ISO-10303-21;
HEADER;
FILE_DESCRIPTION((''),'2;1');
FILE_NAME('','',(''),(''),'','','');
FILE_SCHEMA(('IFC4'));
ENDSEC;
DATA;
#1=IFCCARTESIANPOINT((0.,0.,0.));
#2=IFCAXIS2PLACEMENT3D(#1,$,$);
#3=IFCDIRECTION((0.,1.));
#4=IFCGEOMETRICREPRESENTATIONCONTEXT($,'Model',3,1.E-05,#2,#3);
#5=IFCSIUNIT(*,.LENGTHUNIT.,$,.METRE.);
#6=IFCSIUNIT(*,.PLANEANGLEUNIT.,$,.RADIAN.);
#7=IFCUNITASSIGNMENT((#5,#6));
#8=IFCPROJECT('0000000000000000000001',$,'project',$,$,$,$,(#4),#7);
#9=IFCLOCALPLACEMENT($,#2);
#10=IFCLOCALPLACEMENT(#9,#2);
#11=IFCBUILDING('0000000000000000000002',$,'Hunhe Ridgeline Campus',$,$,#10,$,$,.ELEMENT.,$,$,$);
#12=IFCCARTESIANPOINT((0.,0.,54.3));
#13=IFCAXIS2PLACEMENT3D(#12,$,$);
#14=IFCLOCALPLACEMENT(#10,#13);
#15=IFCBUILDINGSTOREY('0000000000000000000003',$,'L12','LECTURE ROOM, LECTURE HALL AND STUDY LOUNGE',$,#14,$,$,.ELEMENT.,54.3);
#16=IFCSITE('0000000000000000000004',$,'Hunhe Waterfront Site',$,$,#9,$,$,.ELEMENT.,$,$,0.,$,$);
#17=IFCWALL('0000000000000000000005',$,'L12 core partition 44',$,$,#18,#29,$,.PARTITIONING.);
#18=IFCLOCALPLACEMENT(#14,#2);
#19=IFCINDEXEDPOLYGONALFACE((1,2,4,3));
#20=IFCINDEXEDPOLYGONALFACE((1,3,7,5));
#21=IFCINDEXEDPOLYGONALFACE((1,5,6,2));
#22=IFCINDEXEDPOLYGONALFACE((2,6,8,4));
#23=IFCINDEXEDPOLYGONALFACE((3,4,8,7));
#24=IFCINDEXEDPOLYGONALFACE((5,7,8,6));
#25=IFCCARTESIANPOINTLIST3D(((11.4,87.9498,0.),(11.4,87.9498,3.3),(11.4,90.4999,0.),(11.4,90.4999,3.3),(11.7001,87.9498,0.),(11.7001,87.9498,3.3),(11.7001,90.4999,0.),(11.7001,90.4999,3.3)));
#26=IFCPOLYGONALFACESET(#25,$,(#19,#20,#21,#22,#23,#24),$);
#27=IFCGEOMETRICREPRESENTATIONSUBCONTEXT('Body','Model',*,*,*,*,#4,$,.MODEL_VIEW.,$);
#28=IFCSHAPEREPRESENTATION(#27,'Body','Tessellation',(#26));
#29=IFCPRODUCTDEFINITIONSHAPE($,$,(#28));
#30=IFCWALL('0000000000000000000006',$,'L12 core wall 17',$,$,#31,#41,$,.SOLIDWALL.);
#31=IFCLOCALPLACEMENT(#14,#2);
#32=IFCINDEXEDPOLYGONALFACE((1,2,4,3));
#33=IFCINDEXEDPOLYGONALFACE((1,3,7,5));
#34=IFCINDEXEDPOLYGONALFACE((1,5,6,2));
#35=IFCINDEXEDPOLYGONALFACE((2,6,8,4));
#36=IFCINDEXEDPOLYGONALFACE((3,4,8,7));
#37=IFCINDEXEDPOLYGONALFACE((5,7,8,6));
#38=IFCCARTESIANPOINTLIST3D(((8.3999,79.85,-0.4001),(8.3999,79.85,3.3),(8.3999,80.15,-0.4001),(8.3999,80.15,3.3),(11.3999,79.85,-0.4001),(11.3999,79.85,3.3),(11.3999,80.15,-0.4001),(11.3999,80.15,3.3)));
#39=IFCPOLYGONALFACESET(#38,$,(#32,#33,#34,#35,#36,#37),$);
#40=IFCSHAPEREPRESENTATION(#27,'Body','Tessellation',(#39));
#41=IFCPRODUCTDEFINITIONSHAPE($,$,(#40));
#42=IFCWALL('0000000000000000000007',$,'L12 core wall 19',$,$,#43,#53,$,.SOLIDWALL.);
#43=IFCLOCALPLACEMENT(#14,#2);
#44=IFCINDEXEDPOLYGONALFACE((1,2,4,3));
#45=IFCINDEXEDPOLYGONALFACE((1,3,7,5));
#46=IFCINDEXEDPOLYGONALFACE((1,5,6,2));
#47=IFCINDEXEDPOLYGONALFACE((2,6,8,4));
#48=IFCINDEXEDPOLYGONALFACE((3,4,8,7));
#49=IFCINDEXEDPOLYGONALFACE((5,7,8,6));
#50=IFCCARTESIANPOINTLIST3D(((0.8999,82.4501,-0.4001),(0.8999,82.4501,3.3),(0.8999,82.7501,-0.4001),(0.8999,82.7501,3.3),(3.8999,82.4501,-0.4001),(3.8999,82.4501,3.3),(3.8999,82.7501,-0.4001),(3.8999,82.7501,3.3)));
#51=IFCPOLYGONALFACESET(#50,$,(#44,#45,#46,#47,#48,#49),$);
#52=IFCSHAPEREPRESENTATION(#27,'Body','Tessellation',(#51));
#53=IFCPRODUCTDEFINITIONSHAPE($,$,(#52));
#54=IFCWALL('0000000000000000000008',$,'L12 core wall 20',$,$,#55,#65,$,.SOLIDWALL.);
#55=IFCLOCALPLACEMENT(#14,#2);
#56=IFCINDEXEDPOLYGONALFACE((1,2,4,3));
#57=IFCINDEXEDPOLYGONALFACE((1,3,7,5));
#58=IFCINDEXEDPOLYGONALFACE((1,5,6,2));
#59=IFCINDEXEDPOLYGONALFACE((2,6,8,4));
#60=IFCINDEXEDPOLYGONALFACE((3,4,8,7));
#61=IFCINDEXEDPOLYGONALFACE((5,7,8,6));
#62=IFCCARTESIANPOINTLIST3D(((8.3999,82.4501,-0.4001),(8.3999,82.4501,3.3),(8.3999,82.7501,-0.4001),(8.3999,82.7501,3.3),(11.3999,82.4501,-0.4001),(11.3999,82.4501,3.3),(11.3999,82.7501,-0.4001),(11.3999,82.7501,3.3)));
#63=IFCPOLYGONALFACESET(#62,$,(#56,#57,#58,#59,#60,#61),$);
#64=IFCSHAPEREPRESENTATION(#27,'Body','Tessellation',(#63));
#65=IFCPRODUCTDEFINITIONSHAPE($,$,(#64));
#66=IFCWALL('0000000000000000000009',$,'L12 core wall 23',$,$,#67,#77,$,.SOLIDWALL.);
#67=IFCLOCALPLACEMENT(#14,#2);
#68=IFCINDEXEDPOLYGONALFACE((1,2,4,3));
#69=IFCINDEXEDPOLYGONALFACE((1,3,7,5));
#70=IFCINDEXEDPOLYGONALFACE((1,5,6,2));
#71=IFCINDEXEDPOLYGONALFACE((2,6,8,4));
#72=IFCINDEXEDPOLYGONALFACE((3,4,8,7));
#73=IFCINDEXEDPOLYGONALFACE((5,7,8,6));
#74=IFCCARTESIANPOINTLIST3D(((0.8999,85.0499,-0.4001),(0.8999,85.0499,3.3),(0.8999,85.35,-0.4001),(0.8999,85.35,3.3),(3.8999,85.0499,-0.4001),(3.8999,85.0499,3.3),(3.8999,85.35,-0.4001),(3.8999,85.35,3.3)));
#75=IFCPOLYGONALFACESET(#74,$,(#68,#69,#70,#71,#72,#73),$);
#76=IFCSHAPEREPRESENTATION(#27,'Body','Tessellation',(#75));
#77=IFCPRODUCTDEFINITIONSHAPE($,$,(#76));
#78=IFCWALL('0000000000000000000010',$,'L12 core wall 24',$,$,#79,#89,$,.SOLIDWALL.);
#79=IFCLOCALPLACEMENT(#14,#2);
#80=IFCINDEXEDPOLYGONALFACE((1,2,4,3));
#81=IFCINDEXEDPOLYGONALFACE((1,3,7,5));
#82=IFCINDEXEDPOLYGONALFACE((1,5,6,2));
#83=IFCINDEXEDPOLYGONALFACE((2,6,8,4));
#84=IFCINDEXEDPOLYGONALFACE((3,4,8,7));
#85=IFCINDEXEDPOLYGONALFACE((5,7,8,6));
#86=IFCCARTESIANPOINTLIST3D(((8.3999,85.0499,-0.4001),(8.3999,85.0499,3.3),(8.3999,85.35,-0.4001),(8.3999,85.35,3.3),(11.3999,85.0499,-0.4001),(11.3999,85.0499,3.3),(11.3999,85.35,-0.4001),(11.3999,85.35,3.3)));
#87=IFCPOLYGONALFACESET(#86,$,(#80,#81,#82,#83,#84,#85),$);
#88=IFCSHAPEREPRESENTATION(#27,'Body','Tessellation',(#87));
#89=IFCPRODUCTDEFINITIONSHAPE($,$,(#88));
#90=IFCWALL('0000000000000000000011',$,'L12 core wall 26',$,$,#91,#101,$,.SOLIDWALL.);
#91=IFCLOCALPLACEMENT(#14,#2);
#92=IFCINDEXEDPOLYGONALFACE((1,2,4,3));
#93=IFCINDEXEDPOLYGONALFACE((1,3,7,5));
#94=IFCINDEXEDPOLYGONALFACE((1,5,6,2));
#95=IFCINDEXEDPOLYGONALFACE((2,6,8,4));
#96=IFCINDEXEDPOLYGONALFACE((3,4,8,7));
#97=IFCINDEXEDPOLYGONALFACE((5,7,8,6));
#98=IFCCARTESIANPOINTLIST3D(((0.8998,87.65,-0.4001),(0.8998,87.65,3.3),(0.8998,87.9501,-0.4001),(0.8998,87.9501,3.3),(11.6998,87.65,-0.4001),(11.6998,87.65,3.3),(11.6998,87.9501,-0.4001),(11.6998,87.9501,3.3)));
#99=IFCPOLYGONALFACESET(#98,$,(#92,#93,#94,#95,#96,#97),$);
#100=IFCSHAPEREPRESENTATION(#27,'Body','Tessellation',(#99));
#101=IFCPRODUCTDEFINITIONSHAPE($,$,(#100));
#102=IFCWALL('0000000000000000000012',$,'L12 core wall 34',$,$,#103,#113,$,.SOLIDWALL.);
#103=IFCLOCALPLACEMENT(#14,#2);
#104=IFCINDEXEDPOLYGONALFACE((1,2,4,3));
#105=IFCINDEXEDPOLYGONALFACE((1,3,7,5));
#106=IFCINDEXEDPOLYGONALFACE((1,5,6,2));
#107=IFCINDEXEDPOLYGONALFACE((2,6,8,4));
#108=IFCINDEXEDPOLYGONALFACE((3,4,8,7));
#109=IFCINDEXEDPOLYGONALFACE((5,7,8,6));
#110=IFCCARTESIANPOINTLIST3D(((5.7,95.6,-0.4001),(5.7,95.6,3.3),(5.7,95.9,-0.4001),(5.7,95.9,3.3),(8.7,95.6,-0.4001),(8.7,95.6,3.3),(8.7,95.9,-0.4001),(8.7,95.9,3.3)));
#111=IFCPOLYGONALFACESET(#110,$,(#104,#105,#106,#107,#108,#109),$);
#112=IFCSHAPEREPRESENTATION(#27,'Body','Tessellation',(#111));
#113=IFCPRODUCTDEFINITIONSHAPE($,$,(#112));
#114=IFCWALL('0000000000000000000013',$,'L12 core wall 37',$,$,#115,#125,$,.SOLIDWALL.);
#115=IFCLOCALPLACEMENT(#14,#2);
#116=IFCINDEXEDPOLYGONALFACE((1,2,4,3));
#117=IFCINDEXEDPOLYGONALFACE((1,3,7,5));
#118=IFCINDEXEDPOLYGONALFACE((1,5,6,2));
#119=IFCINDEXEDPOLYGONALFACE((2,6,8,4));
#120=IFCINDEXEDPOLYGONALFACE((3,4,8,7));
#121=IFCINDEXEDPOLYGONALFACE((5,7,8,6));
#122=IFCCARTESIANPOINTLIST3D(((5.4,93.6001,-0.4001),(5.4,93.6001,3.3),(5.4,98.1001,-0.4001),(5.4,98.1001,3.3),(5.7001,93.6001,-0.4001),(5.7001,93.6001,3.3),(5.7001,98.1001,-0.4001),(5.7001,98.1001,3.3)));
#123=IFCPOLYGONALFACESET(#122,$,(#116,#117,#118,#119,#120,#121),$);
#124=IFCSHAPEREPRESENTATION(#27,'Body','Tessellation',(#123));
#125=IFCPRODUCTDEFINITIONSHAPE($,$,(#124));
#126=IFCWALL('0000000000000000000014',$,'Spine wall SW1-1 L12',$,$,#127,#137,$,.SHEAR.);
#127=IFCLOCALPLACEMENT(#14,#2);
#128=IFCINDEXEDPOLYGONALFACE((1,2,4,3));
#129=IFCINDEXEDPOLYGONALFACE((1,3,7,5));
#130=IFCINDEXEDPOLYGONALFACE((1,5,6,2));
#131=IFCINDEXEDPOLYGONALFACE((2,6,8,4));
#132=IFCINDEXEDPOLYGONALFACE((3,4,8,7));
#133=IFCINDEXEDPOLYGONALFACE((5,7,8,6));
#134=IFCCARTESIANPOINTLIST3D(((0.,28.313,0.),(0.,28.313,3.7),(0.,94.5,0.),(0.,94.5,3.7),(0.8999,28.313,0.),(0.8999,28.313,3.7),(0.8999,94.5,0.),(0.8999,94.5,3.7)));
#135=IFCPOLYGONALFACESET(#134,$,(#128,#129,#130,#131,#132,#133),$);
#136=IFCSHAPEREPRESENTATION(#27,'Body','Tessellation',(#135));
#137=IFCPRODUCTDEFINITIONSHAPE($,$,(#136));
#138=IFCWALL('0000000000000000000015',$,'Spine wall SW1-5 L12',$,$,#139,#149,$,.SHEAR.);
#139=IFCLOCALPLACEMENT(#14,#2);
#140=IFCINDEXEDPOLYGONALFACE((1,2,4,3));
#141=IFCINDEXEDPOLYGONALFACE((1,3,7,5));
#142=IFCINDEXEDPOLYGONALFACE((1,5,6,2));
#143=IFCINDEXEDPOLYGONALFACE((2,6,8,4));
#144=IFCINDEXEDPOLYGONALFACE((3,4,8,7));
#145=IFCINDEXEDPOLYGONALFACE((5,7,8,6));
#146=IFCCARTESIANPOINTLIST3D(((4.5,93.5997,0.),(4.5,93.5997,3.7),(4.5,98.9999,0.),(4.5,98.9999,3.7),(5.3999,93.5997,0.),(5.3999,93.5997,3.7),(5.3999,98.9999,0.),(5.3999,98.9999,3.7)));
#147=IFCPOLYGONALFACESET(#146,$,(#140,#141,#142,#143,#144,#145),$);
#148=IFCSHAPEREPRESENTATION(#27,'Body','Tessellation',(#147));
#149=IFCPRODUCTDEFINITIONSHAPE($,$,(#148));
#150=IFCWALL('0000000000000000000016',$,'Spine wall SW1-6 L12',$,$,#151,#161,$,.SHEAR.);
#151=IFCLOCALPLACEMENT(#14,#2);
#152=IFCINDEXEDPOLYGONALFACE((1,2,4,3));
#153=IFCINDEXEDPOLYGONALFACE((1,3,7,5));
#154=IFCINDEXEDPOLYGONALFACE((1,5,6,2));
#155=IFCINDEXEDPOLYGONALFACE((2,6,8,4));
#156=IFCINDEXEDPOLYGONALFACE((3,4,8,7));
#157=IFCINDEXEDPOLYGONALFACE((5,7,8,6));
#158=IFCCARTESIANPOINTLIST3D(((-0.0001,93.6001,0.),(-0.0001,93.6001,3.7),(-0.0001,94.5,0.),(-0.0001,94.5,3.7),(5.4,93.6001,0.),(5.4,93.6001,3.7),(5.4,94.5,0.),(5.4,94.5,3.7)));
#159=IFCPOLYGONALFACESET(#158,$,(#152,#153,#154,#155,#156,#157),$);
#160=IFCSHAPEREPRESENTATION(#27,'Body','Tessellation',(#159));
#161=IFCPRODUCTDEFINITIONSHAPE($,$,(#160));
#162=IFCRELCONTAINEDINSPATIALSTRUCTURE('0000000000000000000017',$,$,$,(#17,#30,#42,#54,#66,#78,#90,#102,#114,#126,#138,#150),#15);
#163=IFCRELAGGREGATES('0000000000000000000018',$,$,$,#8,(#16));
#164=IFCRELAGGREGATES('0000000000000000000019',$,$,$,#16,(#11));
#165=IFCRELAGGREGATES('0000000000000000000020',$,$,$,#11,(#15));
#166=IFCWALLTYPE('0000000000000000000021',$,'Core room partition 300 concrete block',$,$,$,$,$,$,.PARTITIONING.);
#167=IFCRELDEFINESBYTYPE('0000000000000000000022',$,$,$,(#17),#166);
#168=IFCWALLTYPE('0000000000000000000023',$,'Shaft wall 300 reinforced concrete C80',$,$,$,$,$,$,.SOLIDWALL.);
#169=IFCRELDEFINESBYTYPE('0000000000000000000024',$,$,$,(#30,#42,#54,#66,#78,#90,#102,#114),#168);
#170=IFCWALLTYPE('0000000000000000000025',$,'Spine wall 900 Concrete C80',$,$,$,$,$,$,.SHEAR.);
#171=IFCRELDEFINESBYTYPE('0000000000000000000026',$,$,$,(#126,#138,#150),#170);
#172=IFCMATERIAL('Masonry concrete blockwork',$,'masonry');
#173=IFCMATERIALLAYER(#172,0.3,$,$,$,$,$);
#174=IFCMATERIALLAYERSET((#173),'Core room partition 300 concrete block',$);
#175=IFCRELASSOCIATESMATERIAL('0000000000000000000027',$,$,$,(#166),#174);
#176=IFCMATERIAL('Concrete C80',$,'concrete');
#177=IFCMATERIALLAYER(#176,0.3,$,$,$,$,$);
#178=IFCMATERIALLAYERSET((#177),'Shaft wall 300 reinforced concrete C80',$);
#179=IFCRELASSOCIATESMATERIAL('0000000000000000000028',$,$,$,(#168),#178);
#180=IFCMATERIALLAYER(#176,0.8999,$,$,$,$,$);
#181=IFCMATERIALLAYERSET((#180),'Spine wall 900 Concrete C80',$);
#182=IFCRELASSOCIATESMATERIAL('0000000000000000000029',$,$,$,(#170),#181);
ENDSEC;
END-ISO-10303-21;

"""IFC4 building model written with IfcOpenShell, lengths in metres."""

from ifc_helpers import new_model, si_unit, direction, frame, frame_2d, origin, place, context, subcontext, project, spatial, rectangle, extrude, material, layer, layer_set, type_object, element, save


model = new_model("IFC4")

# Units and contexts
model_context = context("Model", 3, precision=1e-05, world=origin(), true_north=direction((0.0, 1.0)))
body_context = subcontext(model_context, "Body", "Model", "MODEL_VIEW")
ifc_project = project(units=[si_unit("LENGTHUNIT", "METRE"), si_unit("PLANEANGLEUNIT", "RADIAN")], contexts=[model_context])

# Site, building, storey
site_placement = place(None, origin())
site = spatial("IfcSite", under=ifc_project, at=site_placement, Name="Hunhe Waterfront Site", CompositionType="ELEMENT", RefElevation=0.0)
building_placement = place(site_placement, origin())
building = spatial("IfcBuilding", under=site, at=building_placement, Name="Hunhe Ridgeline Campus", CompositionType="ELEMENT")
storey_placement = place(building_placement, frame((0.0, 0.0, 54.3)))
storey = spatial("IfcBuildingStorey", under=building, at=storey_placement, Name="L12", Description="LECTURE ROOM, LECTURE HALL AND STUDY LOUNGE", CompositionType="ELEMENT", Elevation=54.3)

# Wall
ifc_material_1 = material(Name="Masonry concrete blockwork", Category="masonry")
ifc_layer_1 = layer(ifc_material_1, 0.3)
ifc_layer_set_1 = layer_set([ifc_layer_1], Name="Core room partition 300 concrete block")
wall_type_1 = type_object("IfcWallType", Name="Core room partition 300 concrete block", PredefinedType="PARTITIONING", material=ifc_layer_set_1)
wall_1_placement = place(storey_placement, frame((11.55, 87.95, 0.0), z_axis=(0.0, 0.0, 1.0), x_axis=(0.0, 1.0, 0.0)))
element("IfcWall", 1, at=wall_1_placement, inside=storey, type_object=wall_type_1, Name="L12 core partition 44", PredefinedType="PARTITIONING", context=body_context, shape_type="SweptSolid", body=[
    extrude(rectangle(XDim=2.55, YDim=0.3, at=frame_2d((1.2749, 0.0))), origin(), (0.0, 0.0, 1.0), 3.3),
])

# Shared definitions
ifc_material_2 = material(Name="Concrete C80", Category="concrete")

# Walls
ifc_layer_2 = layer(ifc_material_2, 0.3)
ifc_layer_set_2 = layer_set([ifc_layer_2], Name="Shaft wall 300 reinforced concrete C80")
wall_type_2 = type_object("IfcWallType", Name="Shaft wall 300 reinforced concrete C80", PredefinedType="SOLIDWALL", material=ifc_layer_set_2)
for number, where, z_axis, x_axis, name in (
    (2, (8.3999, 80.0, -0.4001), (0.0, 0.0, 1.0), (1.0, 0.0, 0.0), "L12 core wall 17"),
    (3, (0.8999, 82.6001, -0.4001), (0.0, 0.0, 1.0), (1.0, 0.0, 0.0), "L12 core wall 19"),
    (4, (8.3999, 82.6001, -0.4001), (0.0, 0.0, 1.0), (1.0, 0.0, 0.0), "L12 core wall 20"),
    (5, (0.8999, 85.2, -0.4001), (0.0, 0.0, 1.0), (1.0, 0.0, 0.0), "L12 core wall 23"),
    (6, (8.3999, 85.2, -0.4001), (0.0, 0.0, 1.0), (1.0, 0.0, 0.0), "L12 core wall 24"),
):
    element("IfcWall", number, at=place(storey_placement, frame(where, z_axis=z_axis, x_axis=x_axis)), inside=storey, type_object=wall_type_2, Name=name, PredefinedType="SOLIDWALL", context=body_context, shape_type="SweptSolid", body=[
        extrude(rectangle(XDim=3.0, YDim=0.3, at=frame_2d((1.5, 0.0))), origin(), (0.0, 0.0, 1.0), 3.7002),
    ])
wall_2_placement = place(storey_placement, frame((0.8999, 87.8, -0.4001), z_axis=(0.0, 0.0, 1.0), x_axis=(1.0, 0.0, 0.0)))
element("IfcWall", 7, at=wall_2_placement, inside=storey, type_object=wall_type_2, Name="L12 core wall 26", PredefinedType="SOLIDWALL", context=body_context, shape_type="SweptSolid", body=[
    extrude(rectangle(XDim=10.8, YDim=0.3, at=frame_2d((5.3999, 0.0))), origin(), (0.0, 0.0, 1.0), 3.7002),
])

# Walls
wall_3_placement = place(storey_placement, frame((5.7, 95.75, -0.4001), z_axis=(0.0, 0.0, 1.0), x_axis=(1.0, 0.0, 0.0)))
element("IfcWall", 8, at=wall_3_placement, inside=storey, type_object=wall_type_2, Name="L12 core wall 34", PredefinedType="SOLIDWALL", context=body_context, shape_type="SweptSolid", body=[
    extrude(rectangle(XDim=3.0, YDim=0.3, at=frame_2d((1.5, 0.0))), origin(), (0.0, 0.0, 1.0), 3.7002),
])
wall_4_placement = place(storey_placement, frame((5.55, 93.6001, -0.4001), z_axis=(0.0, 0.0, 1.0), x_axis=(0.0, 1.0, 0.0)))
element("IfcWall", 9, at=wall_4_placement, inside=storey, type_object=wall_type_2, Name="L12 core wall 37", PredefinedType="SOLIDWALL", context=body_context, shape_type="SweptSolid", body=[
    extrude(rectangle(XDim=4.5, YDim=0.3, at=frame_2d((2.25, 0.0))), origin(), (0.0, 0.0, 1.0), 3.7002),
])

# Walls
ifc_layer_3 = layer(ifc_material_2, 0.8999)
ifc_layer_set_3 = layer_set([ifc_layer_3], Name="Spine wall 900 Concrete C80")
wall_type_3 = type_object("IfcWallType", Name="Spine wall 900 Concrete C80", PredefinedType="SHEAR", material=ifc_layer_set_3)
wall_5_placement = place(storey_placement, frame((0.45, 94.5, 0.0), z_axis=(0.0, 0.0, 1.0), x_axis=(0.0, -1.0, 0.0)))
element("IfcWall", 10, at=wall_5_placement, inside=storey, type_object=wall_type_3, Name="Spine wall SW1-1 L12", PredefinedType="SHEAR", context=body_context, shape_type="SweptSolid", body=[
    extrude(rectangle(XDim=66.187, YDim=0.8999, at=frame_2d((33.0935, 0.0))), origin(), (0.0, 0.0, 1.0), 3.7),
])
for number, where, z_axis, x_axis, name in (
    (11, (4.95, 99.0, 0.0), (0.0, 0.0, 1.0), (0.0, -1.0, 0.0), "Spine wall SW1-5 L12"),
    (12, (5.4001, 94.05, 0.0), (0.0, 0.0, 1.0), (-1.0, 0.0, 0.0), "Spine wall SW1-6 L12"),
):
    element("IfcWall", number, at=place(storey_placement, frame(where, z_axis=z_axis, x_axis=x_axis)), inside=storey, type_object=wall_type_3, Name=name, PredefinedType="SHEAR", context=body_context, shape_type="SweptSolid", body=[
        extrude(rectangle(XDim=5.4001, YDim=0.8999, at=frame_2d((2.7002, 0.0))), origin(), (0.0, 0.0, 1.0), 3.7),
    ])

save(model, "model.ifc")
